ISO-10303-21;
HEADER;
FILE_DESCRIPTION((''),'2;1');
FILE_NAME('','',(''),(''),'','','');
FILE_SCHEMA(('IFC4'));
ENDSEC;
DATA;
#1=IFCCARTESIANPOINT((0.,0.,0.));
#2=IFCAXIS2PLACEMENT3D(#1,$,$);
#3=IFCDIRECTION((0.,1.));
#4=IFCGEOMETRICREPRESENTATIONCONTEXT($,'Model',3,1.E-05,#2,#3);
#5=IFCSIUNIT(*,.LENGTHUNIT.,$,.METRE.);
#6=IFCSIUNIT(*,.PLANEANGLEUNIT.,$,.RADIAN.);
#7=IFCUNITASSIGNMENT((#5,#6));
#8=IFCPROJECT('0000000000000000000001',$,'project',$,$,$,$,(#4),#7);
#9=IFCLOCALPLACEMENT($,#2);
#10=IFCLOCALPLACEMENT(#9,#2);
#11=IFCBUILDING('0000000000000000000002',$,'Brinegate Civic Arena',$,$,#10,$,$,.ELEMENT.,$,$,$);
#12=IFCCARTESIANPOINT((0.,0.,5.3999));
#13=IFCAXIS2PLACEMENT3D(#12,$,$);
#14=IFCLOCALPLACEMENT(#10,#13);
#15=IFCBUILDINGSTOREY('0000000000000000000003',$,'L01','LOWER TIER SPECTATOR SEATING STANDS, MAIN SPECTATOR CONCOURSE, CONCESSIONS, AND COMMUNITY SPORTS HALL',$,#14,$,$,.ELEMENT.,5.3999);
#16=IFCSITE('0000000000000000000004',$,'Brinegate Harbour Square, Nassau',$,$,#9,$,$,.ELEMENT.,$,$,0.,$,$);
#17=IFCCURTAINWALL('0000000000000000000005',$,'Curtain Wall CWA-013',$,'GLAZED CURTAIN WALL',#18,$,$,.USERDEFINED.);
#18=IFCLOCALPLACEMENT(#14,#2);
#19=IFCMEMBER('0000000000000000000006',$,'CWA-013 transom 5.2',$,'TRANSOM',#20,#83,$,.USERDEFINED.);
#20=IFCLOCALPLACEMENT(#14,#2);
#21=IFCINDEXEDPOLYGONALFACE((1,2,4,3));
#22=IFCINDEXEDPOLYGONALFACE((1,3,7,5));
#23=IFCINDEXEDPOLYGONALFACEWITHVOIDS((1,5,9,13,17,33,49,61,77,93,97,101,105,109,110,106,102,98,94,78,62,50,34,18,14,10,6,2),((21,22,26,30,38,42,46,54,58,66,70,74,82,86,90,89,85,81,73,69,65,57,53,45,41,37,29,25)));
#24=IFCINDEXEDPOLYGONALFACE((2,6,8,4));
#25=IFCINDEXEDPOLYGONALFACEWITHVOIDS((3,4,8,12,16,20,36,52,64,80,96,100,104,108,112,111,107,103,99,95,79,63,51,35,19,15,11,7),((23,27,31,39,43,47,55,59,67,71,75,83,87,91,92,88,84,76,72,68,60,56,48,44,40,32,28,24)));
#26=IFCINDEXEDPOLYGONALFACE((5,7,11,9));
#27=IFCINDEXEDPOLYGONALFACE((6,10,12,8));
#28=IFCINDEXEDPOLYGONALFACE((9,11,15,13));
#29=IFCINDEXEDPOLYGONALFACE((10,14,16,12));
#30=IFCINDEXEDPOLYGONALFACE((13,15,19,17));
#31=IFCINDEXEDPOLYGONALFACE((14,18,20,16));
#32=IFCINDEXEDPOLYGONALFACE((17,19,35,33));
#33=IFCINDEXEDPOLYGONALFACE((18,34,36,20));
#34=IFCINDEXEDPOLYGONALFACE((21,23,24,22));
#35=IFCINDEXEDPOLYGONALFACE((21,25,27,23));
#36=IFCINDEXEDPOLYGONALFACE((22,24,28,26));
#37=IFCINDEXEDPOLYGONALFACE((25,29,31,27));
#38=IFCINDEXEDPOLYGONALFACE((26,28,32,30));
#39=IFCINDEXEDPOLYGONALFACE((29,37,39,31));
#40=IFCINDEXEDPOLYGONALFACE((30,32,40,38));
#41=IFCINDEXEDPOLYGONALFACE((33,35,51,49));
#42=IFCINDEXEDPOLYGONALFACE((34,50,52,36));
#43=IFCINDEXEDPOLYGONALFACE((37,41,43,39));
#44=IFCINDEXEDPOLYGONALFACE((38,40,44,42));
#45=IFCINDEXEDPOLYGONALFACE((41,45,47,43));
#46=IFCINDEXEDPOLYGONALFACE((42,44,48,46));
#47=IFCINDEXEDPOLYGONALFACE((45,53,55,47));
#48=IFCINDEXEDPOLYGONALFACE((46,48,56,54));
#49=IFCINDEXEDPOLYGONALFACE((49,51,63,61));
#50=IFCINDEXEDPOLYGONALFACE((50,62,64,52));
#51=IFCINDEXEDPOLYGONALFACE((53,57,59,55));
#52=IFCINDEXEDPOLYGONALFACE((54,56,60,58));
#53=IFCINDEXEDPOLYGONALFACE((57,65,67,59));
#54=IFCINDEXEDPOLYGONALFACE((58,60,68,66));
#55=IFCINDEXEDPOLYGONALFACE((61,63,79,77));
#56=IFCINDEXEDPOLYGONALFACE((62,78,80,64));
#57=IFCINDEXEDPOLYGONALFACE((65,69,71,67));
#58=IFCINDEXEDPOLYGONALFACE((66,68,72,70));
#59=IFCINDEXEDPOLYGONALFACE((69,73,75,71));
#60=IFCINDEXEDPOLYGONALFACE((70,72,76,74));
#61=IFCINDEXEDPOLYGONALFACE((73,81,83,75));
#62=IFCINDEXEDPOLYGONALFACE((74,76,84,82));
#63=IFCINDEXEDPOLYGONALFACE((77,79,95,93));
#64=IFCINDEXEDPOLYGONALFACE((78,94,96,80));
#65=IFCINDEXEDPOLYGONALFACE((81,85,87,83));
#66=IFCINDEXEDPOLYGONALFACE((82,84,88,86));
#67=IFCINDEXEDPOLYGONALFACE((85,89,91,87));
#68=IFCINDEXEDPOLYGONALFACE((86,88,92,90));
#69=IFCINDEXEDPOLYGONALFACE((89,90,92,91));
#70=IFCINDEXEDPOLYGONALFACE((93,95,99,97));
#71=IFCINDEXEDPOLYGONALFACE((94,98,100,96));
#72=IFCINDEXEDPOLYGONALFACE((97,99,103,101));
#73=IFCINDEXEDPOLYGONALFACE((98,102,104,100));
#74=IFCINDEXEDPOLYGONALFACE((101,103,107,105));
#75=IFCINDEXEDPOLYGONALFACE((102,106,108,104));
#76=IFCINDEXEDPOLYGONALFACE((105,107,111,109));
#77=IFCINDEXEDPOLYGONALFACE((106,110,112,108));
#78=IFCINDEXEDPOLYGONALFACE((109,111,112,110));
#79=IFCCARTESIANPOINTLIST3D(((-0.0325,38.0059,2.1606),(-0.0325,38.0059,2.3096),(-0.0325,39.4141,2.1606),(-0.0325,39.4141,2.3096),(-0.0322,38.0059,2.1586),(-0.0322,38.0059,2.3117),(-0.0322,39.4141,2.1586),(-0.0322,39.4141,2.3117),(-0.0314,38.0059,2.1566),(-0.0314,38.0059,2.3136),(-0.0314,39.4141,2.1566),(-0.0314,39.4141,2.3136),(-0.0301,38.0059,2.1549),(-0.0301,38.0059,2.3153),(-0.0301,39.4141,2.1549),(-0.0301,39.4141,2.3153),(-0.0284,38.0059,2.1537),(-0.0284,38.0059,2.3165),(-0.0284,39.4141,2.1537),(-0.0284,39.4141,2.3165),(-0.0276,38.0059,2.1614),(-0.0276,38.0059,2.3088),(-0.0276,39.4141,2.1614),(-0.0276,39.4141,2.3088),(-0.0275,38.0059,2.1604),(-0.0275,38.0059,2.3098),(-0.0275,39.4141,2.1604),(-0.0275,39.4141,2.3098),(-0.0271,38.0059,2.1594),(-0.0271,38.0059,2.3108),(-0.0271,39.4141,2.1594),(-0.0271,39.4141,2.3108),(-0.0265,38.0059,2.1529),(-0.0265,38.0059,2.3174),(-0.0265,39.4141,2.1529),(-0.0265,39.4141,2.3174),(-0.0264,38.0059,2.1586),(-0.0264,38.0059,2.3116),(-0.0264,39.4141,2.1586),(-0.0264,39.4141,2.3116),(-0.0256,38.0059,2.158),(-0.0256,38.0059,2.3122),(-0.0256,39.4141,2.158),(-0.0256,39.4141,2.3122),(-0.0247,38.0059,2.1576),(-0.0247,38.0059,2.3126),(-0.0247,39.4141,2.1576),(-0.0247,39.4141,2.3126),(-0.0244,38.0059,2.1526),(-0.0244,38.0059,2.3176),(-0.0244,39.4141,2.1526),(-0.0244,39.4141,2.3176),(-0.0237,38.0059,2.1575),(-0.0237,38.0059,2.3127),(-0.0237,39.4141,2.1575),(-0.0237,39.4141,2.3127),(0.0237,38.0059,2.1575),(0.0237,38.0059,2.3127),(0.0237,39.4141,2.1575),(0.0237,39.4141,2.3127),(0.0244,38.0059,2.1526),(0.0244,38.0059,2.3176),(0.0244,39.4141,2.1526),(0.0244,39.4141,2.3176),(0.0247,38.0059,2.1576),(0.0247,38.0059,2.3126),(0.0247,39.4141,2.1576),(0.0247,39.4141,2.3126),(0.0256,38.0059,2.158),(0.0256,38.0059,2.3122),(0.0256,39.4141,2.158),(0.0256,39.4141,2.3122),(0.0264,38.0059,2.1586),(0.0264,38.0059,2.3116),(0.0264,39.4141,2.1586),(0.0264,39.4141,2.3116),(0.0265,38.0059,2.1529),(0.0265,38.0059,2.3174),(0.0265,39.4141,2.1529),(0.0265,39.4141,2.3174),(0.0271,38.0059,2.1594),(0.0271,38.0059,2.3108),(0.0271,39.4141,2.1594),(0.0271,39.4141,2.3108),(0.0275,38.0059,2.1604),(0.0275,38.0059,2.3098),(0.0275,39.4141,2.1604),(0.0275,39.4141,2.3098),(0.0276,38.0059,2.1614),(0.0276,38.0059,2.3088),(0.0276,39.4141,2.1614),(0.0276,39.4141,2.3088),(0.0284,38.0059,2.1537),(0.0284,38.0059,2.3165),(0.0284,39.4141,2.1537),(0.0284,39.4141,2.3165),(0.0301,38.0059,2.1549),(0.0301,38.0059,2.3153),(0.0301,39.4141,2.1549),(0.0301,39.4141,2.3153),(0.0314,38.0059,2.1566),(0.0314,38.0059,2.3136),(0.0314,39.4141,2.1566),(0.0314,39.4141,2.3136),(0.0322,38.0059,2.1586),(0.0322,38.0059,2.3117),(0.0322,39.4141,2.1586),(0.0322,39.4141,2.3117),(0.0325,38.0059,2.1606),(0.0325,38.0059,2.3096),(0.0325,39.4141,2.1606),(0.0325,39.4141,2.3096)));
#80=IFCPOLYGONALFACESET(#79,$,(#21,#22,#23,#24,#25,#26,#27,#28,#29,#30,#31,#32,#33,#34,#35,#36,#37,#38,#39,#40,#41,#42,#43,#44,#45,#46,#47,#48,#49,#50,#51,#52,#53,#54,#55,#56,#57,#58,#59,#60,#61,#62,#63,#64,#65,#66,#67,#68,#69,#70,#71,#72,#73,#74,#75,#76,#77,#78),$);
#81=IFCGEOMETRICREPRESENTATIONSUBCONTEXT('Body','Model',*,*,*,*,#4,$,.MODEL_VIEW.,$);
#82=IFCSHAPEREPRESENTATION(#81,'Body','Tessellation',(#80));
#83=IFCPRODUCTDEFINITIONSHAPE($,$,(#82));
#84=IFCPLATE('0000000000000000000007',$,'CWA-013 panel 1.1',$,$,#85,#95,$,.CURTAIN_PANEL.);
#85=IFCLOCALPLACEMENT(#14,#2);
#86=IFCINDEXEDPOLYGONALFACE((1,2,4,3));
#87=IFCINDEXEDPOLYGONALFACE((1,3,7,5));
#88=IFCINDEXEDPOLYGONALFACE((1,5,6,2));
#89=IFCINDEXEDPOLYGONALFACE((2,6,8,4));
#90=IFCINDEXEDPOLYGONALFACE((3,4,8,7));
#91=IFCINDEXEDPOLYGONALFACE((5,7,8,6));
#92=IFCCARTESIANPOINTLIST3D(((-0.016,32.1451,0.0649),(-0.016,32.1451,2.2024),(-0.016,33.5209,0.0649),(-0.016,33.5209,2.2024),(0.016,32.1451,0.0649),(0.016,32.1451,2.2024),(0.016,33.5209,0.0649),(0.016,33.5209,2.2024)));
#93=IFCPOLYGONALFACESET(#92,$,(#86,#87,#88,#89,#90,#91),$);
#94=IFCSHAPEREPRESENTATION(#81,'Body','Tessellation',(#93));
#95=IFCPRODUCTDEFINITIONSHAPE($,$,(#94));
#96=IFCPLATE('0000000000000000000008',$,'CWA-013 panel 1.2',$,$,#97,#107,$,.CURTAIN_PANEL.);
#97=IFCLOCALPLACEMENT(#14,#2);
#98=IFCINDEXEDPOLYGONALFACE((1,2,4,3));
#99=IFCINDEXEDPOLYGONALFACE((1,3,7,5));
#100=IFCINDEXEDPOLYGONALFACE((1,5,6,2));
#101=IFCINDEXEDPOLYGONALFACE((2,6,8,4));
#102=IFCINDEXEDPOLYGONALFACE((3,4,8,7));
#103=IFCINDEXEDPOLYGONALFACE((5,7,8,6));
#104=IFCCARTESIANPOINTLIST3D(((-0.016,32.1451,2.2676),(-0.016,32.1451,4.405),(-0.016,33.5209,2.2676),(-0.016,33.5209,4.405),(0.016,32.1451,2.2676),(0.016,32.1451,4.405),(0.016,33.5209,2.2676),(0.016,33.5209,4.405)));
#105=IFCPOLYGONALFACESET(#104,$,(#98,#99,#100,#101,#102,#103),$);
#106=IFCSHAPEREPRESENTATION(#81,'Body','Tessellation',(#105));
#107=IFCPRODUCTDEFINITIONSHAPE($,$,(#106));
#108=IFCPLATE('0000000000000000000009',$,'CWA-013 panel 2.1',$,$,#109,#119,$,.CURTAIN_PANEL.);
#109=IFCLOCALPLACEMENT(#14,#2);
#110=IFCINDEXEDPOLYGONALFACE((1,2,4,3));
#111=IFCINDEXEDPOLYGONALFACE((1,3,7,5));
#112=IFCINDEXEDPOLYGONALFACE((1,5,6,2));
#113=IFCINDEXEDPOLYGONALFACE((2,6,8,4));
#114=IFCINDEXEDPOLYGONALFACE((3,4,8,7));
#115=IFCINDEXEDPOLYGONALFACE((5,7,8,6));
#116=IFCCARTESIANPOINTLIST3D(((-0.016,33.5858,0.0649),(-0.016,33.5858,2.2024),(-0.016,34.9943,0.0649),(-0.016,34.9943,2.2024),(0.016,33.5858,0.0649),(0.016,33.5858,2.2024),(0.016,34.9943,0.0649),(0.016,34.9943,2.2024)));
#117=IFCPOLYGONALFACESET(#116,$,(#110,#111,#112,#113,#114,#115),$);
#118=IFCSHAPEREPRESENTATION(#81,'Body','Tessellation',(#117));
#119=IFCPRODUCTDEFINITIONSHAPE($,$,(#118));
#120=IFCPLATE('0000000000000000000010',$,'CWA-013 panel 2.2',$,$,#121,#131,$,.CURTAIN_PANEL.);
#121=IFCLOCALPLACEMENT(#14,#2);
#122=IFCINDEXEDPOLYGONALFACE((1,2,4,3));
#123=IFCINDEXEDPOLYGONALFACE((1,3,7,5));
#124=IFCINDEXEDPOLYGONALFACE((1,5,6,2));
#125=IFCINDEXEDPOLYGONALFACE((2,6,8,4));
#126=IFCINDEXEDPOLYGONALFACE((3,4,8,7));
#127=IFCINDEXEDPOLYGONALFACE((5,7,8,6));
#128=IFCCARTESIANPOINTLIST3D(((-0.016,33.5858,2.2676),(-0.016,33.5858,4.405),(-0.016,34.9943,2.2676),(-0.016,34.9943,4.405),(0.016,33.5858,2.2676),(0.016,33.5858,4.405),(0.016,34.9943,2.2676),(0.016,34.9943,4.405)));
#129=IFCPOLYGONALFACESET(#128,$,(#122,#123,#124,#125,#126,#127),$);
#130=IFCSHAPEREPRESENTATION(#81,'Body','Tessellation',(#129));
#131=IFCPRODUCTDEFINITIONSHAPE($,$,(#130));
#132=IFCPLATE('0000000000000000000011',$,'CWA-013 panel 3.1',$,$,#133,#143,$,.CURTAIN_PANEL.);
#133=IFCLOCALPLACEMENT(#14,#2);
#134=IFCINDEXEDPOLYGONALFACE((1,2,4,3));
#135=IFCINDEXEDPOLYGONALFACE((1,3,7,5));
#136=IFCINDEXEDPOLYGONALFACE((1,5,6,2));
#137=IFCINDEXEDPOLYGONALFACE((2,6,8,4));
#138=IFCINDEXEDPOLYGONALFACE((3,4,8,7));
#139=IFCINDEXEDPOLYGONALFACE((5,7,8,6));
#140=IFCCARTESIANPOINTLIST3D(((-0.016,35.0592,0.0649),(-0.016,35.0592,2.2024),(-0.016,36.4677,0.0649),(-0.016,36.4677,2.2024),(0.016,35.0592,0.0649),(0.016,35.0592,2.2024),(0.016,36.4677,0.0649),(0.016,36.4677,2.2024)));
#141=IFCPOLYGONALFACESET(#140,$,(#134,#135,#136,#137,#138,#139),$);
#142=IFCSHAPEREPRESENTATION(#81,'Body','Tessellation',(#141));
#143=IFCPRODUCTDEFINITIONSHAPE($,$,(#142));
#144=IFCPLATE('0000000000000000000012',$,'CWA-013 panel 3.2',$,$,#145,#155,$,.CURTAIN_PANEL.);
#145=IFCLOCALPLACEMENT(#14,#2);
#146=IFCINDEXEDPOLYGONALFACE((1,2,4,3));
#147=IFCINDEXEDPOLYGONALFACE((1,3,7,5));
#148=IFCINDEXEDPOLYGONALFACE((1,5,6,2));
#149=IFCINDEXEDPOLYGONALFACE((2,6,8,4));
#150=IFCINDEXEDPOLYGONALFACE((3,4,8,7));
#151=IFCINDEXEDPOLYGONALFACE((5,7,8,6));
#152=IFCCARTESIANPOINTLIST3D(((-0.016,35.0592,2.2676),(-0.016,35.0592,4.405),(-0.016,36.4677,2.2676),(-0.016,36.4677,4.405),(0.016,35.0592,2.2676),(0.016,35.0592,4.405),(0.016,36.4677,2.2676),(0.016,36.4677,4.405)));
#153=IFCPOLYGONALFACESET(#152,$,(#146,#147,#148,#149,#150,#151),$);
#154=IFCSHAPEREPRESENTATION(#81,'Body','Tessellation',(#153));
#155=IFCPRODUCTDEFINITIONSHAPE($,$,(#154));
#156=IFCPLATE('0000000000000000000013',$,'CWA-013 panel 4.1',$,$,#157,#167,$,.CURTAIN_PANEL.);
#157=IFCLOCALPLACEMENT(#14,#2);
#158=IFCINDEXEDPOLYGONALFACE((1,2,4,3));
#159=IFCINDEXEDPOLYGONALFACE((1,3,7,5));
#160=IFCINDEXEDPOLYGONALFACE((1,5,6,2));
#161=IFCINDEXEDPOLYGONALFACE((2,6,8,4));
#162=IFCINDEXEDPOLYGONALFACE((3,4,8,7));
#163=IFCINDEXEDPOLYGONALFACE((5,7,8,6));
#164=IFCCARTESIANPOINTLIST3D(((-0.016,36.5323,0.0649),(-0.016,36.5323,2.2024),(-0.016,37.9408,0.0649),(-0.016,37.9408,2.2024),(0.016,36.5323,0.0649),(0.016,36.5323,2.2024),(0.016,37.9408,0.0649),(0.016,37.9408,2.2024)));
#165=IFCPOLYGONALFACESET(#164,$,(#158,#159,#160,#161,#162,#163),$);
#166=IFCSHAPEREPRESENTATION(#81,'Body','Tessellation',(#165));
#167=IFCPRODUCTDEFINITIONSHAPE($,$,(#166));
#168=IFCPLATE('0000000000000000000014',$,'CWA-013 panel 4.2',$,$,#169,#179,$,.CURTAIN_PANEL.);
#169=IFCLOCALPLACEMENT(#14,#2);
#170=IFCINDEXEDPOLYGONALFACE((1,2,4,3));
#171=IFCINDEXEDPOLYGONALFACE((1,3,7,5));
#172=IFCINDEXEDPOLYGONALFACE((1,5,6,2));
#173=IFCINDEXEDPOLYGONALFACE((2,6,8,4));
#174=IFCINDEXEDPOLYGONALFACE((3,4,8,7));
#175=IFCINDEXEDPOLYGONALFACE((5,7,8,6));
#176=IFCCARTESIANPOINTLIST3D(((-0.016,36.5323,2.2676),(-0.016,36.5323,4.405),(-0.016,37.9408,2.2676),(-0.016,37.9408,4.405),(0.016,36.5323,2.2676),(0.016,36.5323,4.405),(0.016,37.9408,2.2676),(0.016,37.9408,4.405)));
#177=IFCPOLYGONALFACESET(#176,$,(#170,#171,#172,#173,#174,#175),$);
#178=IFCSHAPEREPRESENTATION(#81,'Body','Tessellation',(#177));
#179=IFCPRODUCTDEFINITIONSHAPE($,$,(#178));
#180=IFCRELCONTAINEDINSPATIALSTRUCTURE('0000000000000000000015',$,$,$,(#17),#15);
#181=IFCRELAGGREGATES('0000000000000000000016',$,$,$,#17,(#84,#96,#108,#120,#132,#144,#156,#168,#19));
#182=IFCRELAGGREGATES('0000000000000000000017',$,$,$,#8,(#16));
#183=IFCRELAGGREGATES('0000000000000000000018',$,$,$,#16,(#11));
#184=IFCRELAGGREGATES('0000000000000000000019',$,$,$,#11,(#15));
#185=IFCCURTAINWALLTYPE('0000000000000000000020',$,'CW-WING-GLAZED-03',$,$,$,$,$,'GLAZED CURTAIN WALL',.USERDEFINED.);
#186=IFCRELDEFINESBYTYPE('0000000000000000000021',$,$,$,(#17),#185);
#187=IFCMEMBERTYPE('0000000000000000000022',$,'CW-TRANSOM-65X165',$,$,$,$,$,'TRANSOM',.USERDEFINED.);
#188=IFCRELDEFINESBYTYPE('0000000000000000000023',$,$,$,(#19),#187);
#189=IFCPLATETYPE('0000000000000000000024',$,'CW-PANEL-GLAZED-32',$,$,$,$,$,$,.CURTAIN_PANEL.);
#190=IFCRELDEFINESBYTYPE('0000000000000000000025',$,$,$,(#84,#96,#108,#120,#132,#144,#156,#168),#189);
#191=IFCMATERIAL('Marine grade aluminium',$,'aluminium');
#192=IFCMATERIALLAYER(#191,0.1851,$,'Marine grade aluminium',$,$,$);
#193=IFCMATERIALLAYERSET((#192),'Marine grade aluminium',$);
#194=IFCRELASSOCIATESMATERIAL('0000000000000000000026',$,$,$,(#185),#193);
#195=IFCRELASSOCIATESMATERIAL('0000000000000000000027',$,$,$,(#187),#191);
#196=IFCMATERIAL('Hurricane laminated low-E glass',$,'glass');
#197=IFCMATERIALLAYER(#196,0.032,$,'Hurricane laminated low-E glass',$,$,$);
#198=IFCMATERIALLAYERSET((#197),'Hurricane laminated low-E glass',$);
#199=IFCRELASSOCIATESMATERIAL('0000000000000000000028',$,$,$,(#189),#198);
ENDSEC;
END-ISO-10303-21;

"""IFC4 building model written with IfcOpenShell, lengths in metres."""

from ifc_helpers import new_model, si_unit, direction, frame, origin, origin_2d, place, context, subcontext, project, spatial, rectangle, hollow_rectangle, extrude, material, layer, layer_set, material_profile, profile_set, type_object, element, aggregate, save


model = new_model("IFC4")

# Units and contexts
model_context = context("Model", 3, precision=1e-05, world=origin(), true_north=direction((0.0, 1.0)))
body_context = subcontext(model_context, "Body", "Model", "MODEL_VIEW")
ifc_project = project(units=[si_unit("LENGTHUNIT", "METRE"), si_unit("PLANEANGLEUNIT", "RADIAN")], contexts=[model_context])

# Site, building, storey
site_placement = place(None, origin())
site = spatial("IfcSite", under=ifc_project, at=site_placement, Name="Brinegate Harbour Square, Nassau", CompositionType="ELEMENT", RefElevation=0.0)
building_placement = place(site_placement, origin())
building = spatial("IfcBuilding", under=site, at=building_placement, Name="Brinegate Civic Arena", CompositionType="ELEMENT")
storey_placement = place(building_placement, frame((0.0, 0.0, 5.3999)))
storey = spatial("IfcBuildingStorey", under=building, at=storey_placement, Name="L01", Description="LOWER TIER SPECTATOR SEATING STANDS, MAIN SPECTATOR CONCOURSE, CONCESSIONS, AND COMMUNITY SPORTS HALL", CompositionType="ELEMENT", Elevation=5.3999)

# Curtain wall, member, plates
ifc_material_1 = material(Name="Marine grade aluminium", Category="aluminium")
ifc_layer_1 = layer(ifc_material_1, 0.1851, Name="Marine grade aluminium")
ifc_layer_set_1 = layer_set([ifc_layer_1], Name="Marine grade aluminium")
curtain_wall_type = type_object("IfcCurtainWallType", Name="CW-WING-GLAZED-03", ElementType="GLAZED CURTAIN WALL", PredefinedType="USERDEFINED", material=ifc_layer_set_1)
curtain_wall_placement = place(storey_placement, origin())
curtain_wall = element("IfcCurtainWall", 1, at=curtain_wall_placement, inside=storey, type_object=curtain_wall_type, Name="Curtain Wall CWA-013", ObjectType="GLAZED CURTAIN WALL", PredefinedType="USERDEFINED")
ifc_material_profile_1 = material_profile(ifc_material_1, hollow_rectangle(XDim=0.0649, YDim=0.165, WallThickness=0.0049, InnerFilletRadius=0.0039, OuterFilletRadius=0.0081, at=origin_2d()), Name="TRN65X165")
ifc_profile_set_1 = profile_set([ifc_material_profile_1], Name="Marine grade aluminium")
member_type_1 = type_object("IfcMemberType", Name="CW-TRANSOM-65X165", ElementType="TRANSOM", PredefinedType="USERDEFINED", material=ifc_profile_set_1)
member_1_placement = place(storey_placement, frame((0.0, 38.0059, 2.2351), z_axis=(0.0, 1.0, 0.0), x_axis=(-1.0, 0.0, 0.0)))
member_1 = element("IfcMember", 2, at=member_1_placement, type_object=member_type_1, Name="CWA-013 transom 5.2", ObjectType="TRANSOM", PredefinedType="USERDEFINED", context=body_context, shape_type="SweptSolid", body=[
    extrude(hollow_rectangle(XDim=0.0649, YDim=0.165, WallThickness=0.0049, InnerFilletRadius=0.0039, OuterFilletRadius=0.0081, at=origin_2d()), origin(), (0.0, 0.0, 1.0), 1.4082),
])
ifc_material_2 = material(Name="Hurricane laminated low-E glass", Category="glass")
ifc_layer_2 = layer(ifc_material_2, 0.032, Name="Hurricane laminated low-E glass")
ifc_layer_set_2 = layer_set([ifc_layer_2], Name="Hurricane laminated low-E glass")
plate_type = type_object("IfcPlateType", Name="CW-PANEL-GLAZED-32", PredefinedType="CURTAIN_PANEL", material=ifc_layer_set_2)
plate_1_placement = place(storey_placement, frame((0.0, 32.833, 0.0649), z_axis=(0.0, 0.0, 1.0), x_axis=(0.0, 1.0, 0.0)))
plate_1 = element("IfcPlate", 3, at=plate_1_placement, type_object=plate_type, Name="CWA-013 panel 1.1", PredefinedType="CURTAIN_PANEL", context=body_context, shape_type="SweptSolid", body=[
    extrude(rectangle(XDim=1.3757, YDim=0.032, at=origin_2d()), origin(), (0.0, 0.0, 1.0), 2.1375),
])
plate_2_placement = place(storey_placement, frame((0.0, 32.833, 2.2676), z_axis=(0.0, 0.0, 1.0), x_axis=(0.0, 1.0, 0.0)))
plate_2 = element("IfcPlate", 4, at=plate_2_placement, type_object=plate_type, Name="CWA-013 panel 1.2", PredefinedType="CURTAIN_PANEL", context=body_context, shape_type="SweptSolid", body=[
    extrude(rectangle(XDim=1.3757, YDim=0.032, at=origin_2d()), origin(), (0.0, 0.0, 1.0), 2.1375),
])
plate_3_placement = place(storey_placement, frame((0.0, 34.29, 0.0649), z_axis=(0.0, 0.0, 1.0), x_axis=(0.0, 1.0, 0.0)))
plate_3 = element("IfcPlate", 5, at=plate_3_placement, type_object=plate_type, Name="CWA-013 panel 2.1", PredefinedType="CURTAIN_PANEL", context=body_context, shape_type="SweptSolid", body=[
    extrude(rectangle(XDim=1.4084, YDim=0.032, at=origin_2d()), origin(), (0.0, 0.0, 1.0), 2.1375),
])
plate_4_placement = place(storey_placement, frame((0.0, 34.29, 2.2676), z_axis=(0.0, 0.0, 1.0), x_axis=(0.0, 1.0, 0.0)))
plate_4 = element("IfcPlate", 6, at=plate_4_placement, type_object=plate_type, Name="CWA-013 panel 2.2", PredefinedType="CURTAIN_PANEL", context=body_context, shape_type="SweptSolid", body=[
    extrude(rectangle(XDim=1.4084, YDim=0.032, at=origin_2d()), origin(), (0.0, 0.0, 1.0), 2.1375),
])
plate_5_placement = place(storey_placement, frame((0.0, 35.7634, 0.0649), z_axis=(0.0, 0.0, 1.0), x_axis=(0.0, 1.0, 0.0)))
plate_5 = element("IfcPlate", 7, at=plate_5_placement, type_object=plate_type, Name="CWA-013 panel 3.1", PredefinedType="CURTAIN_PANEL", context=body_context, shape_type="SweptSolid", body=[
    extrude(rectangle(XDim=1.4084, YDim=0.032, at=origin_2d()), origin(), (0.0, 0.0, 1.0), 2.1375),
])
plate_6_placement = place(storey_placement, frame((0.0, 35.7634, 2.2676), z_axis=(0.0, 0.0, 1.0), x_axis=(0.0, 1.0, 0.0)))
plate_6 = element("IfcPlate", 8, at=plate_6_placement, type_object=plate_type, Name="CWA-013 panel 3.2", PredefinedType="CURTAIN_PANEL", context=body_context, shape_type="SweptSolid", body=[
    extrude(rectangle(XDim=1.4084, YDim=0.032, at=origin_2d()), origin(), (0.0, 0.0, 1.0), 2.1375),
])
plate_7_placement = place(storey_placement, frame((0.0, 37.2366, 0.0649), z_axis=(0.0, 0.0, 1.0), x_axis=(0.0, 1.0, 0.0)))
plate_7 = element("IfcPlate", 9, at=plate_7_placement, type_object=plate_type, Name="CWA-013 panel 4.1", PredefinedType="CURTAIN_PANEL", context=body_context, shape_type="SweptSolid", body=[
    extrude(rectangle(XDim=1.4084, YDim=0.032, at=origin_2d()), origin(), (0.0, 0.0, 1.0), 2.1375),
])
plate_8_placement = place(storey_placement, frame((0.0, 37.2366, 2.2676), z_axis=(0.0, 0.0, 1.0), x_axis=(0.0, 1.0, 0.0)))
plate_8 = element("IfcPlate", 10, at=plate_8_placement, type_object=plate_type, Name="CWA-013 panel 4.2", PredefinedType="CURTAIN_PANEL", context=body_context, shape_type="SweptSolid", body=[
    extrude(rectangle(XDim=1.4084, YDim=0.032, at=origin_2d()), origin(), (0.0, 0.0, 1.0), 2.1375),
])
aggregate(curtain_wall, [plate_1, plate_2, plate_3, plate_4, plate_5, plate_6, plate_7, plate_8, member_1])

save(model, "model.ifc")
